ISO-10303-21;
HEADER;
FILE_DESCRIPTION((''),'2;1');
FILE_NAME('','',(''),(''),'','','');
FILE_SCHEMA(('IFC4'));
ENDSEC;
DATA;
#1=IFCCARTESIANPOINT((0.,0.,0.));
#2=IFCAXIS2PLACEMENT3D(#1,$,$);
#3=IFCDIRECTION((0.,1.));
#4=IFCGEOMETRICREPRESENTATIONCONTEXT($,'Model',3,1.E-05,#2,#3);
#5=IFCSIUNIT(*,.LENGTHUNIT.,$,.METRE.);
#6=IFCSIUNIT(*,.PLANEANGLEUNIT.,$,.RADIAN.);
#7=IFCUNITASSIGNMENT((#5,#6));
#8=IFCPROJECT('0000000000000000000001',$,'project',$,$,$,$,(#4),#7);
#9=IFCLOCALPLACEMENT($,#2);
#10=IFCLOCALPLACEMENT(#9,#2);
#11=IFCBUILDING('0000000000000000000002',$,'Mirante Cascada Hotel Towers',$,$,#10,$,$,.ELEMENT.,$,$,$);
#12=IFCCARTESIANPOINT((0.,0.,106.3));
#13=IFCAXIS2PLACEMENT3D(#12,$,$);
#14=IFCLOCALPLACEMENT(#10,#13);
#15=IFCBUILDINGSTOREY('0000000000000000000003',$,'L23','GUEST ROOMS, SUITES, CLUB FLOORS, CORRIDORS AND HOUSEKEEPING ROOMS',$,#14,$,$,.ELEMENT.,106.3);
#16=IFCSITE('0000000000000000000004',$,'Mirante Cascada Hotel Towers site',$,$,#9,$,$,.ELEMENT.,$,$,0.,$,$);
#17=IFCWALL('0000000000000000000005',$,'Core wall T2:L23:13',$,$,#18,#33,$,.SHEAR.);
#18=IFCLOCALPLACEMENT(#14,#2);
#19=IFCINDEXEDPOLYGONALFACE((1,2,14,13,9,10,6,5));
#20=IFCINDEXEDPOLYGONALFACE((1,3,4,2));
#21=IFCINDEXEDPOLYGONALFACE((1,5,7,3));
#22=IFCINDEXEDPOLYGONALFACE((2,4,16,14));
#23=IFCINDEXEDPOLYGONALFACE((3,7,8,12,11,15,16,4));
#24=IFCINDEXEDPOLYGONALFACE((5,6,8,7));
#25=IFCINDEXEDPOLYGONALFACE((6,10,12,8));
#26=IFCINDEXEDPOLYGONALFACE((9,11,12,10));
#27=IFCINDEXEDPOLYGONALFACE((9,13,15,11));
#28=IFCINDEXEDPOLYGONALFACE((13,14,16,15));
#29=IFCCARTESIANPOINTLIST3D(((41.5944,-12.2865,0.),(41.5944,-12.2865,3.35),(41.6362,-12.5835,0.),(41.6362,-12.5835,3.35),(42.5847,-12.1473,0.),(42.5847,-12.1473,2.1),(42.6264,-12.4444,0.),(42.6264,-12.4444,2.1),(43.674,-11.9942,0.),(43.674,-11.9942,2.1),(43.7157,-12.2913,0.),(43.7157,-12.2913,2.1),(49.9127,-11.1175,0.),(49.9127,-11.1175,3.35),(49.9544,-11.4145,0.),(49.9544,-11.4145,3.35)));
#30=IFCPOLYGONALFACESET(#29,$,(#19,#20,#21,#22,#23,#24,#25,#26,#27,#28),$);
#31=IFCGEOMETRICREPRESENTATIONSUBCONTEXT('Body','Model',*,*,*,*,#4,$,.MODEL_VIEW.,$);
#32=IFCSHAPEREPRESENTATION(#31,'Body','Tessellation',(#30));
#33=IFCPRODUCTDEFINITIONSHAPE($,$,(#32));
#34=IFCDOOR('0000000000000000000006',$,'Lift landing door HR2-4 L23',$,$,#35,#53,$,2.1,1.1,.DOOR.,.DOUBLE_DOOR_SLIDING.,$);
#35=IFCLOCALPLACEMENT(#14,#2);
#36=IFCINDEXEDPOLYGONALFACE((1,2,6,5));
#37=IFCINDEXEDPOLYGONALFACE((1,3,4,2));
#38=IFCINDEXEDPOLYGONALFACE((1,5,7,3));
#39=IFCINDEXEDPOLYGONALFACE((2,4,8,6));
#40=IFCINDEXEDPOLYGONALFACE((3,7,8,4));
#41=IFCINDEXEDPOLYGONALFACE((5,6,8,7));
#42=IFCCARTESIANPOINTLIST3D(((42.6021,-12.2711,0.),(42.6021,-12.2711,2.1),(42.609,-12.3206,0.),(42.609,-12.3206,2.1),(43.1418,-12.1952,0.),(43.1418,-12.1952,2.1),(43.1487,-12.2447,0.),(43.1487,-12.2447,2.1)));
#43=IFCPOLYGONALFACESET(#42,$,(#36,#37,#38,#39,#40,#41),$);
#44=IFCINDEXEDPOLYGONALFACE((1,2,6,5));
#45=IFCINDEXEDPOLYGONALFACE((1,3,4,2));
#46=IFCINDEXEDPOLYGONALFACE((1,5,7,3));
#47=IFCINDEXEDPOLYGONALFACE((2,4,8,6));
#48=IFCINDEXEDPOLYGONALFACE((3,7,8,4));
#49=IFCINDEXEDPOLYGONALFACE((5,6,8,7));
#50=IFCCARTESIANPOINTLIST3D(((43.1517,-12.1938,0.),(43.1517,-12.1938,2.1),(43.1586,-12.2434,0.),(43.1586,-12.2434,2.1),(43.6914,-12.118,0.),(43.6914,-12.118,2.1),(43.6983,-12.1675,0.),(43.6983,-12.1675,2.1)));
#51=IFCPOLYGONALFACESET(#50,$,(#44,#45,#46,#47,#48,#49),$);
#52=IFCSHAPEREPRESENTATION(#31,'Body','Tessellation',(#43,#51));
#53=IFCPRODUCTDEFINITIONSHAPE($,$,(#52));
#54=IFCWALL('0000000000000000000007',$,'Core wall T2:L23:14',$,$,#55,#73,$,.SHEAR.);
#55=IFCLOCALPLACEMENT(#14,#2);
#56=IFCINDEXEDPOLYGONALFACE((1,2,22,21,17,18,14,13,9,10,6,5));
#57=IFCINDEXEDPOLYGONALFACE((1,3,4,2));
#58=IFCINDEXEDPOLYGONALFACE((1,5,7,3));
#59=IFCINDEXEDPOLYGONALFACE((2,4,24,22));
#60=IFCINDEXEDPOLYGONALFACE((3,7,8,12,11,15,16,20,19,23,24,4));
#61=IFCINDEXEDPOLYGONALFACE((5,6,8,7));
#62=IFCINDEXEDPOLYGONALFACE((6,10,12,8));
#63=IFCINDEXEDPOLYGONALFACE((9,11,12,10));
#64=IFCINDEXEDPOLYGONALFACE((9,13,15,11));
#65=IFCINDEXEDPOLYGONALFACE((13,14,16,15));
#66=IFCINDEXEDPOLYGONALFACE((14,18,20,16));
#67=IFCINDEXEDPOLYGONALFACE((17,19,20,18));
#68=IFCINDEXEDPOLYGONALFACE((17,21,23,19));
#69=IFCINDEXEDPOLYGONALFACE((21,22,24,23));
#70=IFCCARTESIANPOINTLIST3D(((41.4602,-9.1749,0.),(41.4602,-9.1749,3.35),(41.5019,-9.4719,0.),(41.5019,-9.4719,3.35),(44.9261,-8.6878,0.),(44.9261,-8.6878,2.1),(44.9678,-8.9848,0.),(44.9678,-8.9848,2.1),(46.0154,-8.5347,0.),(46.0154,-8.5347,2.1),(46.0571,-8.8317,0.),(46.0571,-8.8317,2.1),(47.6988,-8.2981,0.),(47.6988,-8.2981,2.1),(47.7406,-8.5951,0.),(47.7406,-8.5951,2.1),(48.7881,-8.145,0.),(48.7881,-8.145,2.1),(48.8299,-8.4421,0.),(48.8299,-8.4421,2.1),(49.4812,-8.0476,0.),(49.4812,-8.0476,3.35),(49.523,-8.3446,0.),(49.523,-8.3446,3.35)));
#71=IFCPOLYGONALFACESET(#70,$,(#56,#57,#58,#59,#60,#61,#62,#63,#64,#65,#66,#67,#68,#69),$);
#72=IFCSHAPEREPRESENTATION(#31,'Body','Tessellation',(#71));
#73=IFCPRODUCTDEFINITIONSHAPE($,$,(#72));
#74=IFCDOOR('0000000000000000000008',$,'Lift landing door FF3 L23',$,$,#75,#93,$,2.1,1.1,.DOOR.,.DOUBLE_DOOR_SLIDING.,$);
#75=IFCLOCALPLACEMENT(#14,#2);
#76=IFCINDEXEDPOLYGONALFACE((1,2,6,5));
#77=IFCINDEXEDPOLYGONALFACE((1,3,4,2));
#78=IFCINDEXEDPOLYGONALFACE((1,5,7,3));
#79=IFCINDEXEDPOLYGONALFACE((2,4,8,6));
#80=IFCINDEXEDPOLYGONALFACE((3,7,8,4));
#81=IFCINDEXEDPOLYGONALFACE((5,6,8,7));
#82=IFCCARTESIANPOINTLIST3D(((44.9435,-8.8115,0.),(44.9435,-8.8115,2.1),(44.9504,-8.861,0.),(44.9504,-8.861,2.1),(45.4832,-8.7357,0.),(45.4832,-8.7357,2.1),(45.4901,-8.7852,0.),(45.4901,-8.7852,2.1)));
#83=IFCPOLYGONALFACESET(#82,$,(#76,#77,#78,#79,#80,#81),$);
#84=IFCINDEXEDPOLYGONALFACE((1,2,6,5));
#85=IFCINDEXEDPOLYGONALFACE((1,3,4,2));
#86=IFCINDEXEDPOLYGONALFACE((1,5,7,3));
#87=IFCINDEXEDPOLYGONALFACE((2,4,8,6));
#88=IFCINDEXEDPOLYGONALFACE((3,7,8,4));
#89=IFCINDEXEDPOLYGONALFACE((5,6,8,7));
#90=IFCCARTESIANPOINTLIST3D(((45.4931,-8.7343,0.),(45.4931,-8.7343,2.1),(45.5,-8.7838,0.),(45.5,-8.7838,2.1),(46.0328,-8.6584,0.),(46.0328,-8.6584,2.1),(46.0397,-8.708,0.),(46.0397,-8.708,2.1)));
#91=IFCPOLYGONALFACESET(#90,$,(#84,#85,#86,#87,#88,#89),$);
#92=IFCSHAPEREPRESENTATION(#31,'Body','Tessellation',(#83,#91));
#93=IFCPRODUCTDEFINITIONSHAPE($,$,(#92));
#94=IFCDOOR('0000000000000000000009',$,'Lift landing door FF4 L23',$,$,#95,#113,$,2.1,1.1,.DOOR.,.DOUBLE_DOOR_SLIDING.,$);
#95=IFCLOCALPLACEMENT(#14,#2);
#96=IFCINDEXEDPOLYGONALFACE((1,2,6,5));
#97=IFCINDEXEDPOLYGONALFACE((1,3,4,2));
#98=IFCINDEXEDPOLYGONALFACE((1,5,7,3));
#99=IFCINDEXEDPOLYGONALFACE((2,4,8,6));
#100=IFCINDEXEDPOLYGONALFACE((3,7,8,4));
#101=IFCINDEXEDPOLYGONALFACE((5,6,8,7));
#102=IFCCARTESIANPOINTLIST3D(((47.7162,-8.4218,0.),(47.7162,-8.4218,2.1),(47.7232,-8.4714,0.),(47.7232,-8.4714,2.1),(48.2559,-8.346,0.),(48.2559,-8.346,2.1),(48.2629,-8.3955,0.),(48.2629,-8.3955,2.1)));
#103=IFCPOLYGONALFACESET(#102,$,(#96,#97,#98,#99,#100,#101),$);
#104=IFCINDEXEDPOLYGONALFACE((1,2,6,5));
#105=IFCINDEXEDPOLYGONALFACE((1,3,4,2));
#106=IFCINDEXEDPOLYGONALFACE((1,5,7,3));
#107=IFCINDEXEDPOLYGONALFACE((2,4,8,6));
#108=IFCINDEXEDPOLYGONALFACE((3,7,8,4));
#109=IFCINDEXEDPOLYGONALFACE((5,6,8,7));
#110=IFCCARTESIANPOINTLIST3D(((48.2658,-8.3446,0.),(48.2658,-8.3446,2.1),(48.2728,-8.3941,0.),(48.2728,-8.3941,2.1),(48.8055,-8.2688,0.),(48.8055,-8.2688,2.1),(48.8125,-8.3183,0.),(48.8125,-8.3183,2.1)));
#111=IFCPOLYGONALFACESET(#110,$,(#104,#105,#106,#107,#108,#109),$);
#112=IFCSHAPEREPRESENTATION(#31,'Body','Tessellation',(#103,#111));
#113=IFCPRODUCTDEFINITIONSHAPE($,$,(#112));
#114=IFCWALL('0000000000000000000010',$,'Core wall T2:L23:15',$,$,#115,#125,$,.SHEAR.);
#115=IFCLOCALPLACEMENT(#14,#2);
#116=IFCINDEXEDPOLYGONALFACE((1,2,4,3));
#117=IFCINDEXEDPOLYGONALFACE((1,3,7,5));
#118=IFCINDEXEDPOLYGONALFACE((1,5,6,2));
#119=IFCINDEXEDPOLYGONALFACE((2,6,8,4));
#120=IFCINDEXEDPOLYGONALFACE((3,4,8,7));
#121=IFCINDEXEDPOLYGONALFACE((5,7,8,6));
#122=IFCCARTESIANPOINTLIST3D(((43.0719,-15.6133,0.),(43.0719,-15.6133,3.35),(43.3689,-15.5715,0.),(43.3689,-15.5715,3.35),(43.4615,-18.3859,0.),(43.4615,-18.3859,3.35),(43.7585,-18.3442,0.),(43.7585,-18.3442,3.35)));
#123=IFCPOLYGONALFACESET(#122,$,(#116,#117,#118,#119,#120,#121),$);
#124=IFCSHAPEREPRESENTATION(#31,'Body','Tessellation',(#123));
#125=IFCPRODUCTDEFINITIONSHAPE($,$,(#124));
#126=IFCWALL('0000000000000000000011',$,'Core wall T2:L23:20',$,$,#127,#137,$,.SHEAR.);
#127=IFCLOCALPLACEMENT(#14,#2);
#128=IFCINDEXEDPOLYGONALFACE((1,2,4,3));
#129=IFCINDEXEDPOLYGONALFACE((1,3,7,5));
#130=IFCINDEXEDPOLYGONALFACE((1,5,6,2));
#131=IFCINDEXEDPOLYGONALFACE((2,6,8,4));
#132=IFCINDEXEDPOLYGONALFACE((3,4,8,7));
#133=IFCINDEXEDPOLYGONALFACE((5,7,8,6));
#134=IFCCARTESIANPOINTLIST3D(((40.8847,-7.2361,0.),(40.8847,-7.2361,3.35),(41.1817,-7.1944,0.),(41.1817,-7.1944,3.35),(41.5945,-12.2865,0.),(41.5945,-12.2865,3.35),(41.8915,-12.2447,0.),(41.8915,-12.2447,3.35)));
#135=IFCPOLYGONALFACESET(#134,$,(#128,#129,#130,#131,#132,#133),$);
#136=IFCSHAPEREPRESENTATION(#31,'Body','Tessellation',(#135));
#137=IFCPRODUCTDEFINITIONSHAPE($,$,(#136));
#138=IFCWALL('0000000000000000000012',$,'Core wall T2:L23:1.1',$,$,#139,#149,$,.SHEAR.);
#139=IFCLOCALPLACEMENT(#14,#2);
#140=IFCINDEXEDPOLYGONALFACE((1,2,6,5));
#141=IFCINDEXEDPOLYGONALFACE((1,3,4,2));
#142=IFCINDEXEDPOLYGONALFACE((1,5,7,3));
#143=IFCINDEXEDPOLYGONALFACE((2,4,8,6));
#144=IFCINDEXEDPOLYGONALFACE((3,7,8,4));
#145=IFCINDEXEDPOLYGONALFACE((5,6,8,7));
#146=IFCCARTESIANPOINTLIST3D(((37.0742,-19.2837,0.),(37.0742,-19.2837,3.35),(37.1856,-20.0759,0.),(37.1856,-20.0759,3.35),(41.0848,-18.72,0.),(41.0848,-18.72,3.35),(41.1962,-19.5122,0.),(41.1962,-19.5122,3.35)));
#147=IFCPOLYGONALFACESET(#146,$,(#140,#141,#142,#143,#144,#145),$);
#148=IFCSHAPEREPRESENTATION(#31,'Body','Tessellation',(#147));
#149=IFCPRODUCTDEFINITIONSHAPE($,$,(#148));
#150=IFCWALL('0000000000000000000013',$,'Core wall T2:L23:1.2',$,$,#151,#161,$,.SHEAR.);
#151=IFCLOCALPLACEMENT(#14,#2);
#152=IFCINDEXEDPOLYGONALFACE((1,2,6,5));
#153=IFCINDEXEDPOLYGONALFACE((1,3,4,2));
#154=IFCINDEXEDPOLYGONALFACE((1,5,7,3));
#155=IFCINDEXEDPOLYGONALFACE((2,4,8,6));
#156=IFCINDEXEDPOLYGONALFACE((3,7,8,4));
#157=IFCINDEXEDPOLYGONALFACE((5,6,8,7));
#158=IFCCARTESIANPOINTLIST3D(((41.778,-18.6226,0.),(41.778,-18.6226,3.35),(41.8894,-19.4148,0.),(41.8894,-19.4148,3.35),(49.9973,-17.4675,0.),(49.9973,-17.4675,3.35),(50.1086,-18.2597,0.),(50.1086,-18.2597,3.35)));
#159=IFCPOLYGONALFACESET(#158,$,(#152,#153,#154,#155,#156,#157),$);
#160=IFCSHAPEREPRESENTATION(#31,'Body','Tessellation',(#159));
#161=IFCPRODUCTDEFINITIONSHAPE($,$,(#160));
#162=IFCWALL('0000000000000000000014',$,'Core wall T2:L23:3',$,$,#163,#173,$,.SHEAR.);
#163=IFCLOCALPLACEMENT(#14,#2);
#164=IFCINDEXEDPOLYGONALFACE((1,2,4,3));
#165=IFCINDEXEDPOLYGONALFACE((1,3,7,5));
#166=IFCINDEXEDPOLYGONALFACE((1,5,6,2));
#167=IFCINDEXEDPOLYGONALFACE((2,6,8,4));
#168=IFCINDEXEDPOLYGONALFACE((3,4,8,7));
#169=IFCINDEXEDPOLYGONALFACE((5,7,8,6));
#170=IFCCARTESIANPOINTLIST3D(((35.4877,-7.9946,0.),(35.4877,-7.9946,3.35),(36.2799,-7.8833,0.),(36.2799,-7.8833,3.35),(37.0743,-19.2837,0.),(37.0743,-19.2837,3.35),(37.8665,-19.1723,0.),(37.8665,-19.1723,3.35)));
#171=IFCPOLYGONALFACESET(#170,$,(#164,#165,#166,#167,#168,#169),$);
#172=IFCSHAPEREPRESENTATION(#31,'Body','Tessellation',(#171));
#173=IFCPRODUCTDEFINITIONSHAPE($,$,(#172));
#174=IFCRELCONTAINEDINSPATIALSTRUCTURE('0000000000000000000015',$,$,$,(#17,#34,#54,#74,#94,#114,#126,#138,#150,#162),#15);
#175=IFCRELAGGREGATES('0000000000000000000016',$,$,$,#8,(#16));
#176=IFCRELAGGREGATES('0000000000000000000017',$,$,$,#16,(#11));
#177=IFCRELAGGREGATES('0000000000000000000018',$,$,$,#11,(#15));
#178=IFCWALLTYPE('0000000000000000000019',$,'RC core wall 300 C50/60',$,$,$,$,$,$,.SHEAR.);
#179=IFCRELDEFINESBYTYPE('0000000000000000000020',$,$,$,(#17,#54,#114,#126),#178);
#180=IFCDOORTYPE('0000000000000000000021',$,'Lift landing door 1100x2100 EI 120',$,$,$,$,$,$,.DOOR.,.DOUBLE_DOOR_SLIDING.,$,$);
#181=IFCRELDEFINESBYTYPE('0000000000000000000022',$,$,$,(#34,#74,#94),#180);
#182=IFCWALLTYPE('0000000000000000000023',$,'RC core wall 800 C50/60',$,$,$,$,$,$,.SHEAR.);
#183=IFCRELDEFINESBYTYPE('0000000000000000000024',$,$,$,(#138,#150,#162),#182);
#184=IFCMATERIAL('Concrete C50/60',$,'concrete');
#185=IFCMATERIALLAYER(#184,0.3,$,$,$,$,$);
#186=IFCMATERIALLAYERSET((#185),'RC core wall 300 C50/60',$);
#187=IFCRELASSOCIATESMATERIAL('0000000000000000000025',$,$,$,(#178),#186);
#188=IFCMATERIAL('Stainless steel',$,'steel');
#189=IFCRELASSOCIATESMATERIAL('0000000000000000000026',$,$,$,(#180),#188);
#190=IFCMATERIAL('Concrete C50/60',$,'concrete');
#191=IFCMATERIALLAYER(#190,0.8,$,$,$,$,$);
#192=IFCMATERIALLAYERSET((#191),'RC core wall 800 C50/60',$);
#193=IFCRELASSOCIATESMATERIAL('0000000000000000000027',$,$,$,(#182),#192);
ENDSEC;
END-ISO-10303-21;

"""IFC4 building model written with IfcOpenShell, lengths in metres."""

from ifc_helpers import new_model, si_unit, direction, frame, frame_2d, origin, place, context, subcontext, project, spatial, rectangle, extrude, material, layer, layer_set, type_object, element, fill, save


model = new_model("IFC4")

# Units and contexts
model_context = context("Model", 3, precision=1e-05, world=origin(), true_north=direction((0.0, 1.0)))
body_context = subcontext(model_context, "Body", "Model", "MODEL_VIEW")
ifc_project = project(units=[si_unit("LENGTHUNIT", "METRE"), si_unit("PLANEANGLEUNIT", "RADIAN")], contexts=[model_context])

# Site, building, storey
site_placement = place(None, origin())
site = spatial("IfcSite", under=ifc_project, at=site_placement, Name="Mirante Cascada Hotel Towers site", CompositionType="ELEMENT", RefElevation=0.0)
building_placement = place(site_placement, origin())
building = spatial("IfcBuilding", under=site, at=building_placement, Name="Mirante Cascada Hotel Towers", CompositionType="ELEMENT")
storey_placement = place(building_placement, frame((0.0, 0.0, 106.3)))
storey = spatial("IfcBuildingStorey", under=building, at=storey_placement, Name="L23", Description="GUEST ROOMS, SUITES, CLUB FLOORS, CORRIDORS AND HOUSEKEEPING ROOMS", CompositionType="ELEMENT", Elevation=106.3)

# Shared definitions
ifc_material_1 = material(Name="Concrete C50/60", Category="concrete")
ifc_layer_1 = layer(ifc_material_1, 0.3)
ifc_layer_set_1 = layer_set([ifc_layer_1], Name="RC core wall 300 C50/60")
wall_type_1 = type_object("IfcWallType", Name="RC core wall 300 C50/60", PredefinedType="SHEAR", material=ifc_layer_set_1)

# Shared definitions
ifc_material_2 = material(Name="Stainless steel", Category="steel")
door_type_1 = type_object("IfcDoorType", Name="Lift landing door 1100x2100 EI 120", OperationType="DOUBLE_DOOR_SLIDING", PredefinedType="DOOR", material=ifc_material_2)

# Wall, opening, door
wall_1_placement = place(storey_placement, frame((41.6153, -12.435, 0.0), z_axis=(0.0, 0.0, 1.0), x_axis=(0.990269, 0.139166, 0.0)))
wall_1 = element("IfcWall", 1, at=wall_1_placement, inside=storey, type_object=wall_type_1, Name="Core wall T2:L23:13", PredefinedType="SHEAR", context=body_context, shape_type="SweptSolid", body=[
    extrude(rectangle(XDim=8.4, YDim=0.3, at=frame_2d((4.2, 0.0))), origin(), (0.0, 0.0, 1.0), 3.35),
])
opening_1_placement = place(wall_1_placement, frame((1.0, 0.0, 0.0)))
opening_1 = element("IfcOpeningElement", 2, at=opening_1_placement, cuts=wall_1, PredefinedType="OPENING", context=body_context, shape_type="SweptSolid", body=[
    extrude(rectangle(XDim=1.1, YDim=2.1, at=frame_2d((0.55, 1.05))), frame((0.0, 0.15, 0.0), z_axis=(0.0, -1.0, 0.0), x_axis=(1.0, 0.0, 0.0)), (0.0, 0.0, 1.0), 0.3),
])
door_1_placement = place(opening_1_placement, origin())
door_1 = element("IfcDoor", 3, at=door_1_placement, inside=storey, type_object=door_type_1, Name="Lift landing door HR2-4 L23", OperationType="DOUBLE_DOOR_SLIDING", OverallHeight=2.1, OverallWidth=1.1, PredefinedType="DOOR", context=body_context, shape_type="SweptSolid", body=[
    extrude(rectangle(XDim=0.545, YDim=2.1, at=frame_2d((0.2725, 1.05))), frame((0.0, 0.025, 0.0), z_axis=(0.0, -1.0, 0.0), x_axis=(1.0, 0.0, 0.0)), (0.0, 0.0, 1.0), 0.05),
    extrude(rectangle(XDim=0.545, YDim=2.1, at=frame_2d((0.8275, 1.05))), frame((0.0, 0.025, 0.0), z_axis=(0.0, -1.0, 0.0), x_axis=(1.0, 0.0, 0.0)), (0.0, 0.0, 1.0), 0.05),
])
fill(opening_1, door_1)

# Wall, openings, doors
wall_2_placement = place(storey_placement, frame((41.481, -9.3234, 0.0), z_axis=(0.0, 0.0, 1.0), x_axis=(0.990268, 0.139174, 0.0)))
wall_2 = element("IfcWall", 4, at=wall_2_placement, inside=storey, type_object=wall_type_1, Name="Core wall T2:L23:14", PredefinedType="SHEAR", context=body_context, shape_type="SweptSolid", body=[
    extrude(rectangle(XDim=8.0999, YDim=0.3, at=frame_2d((4.05, 0.0))), origin(), (0.0, 0.0, 1.0), 3.35),
])
opening_2_placement = place(wall_2_placement, frame((3.5, 0.0, 0.0)))
opening_2 = element("IfcOpeningElement", 5, at=opening_2_placement, cuts=wall_2, PredefinedType="OPENING", context=body_context, shape_type="SweptSolid", body=[
    extrude(rectangle(XDim=1.1, YDim=2.1, at=frame_2d((0.55, 1.05))), frame((0.0, 0.15, 0.0), z_axis=(0.0, -1.0, 0.0), x_axis=(1.0, 0.0, 0.0)), (0.0, 0.0, 1.0), 0.3),
])
opening_3_placement = place(wall_2_placement, frame((6.3, 0.0, 0.0)))
opening_3 = element("IfcOpeningElement", 6, at=opening_3_placement, cuts=wall_2, PredefinedType="OPENING", context=body_context, shape_type="SweptSolid", body=[
    extrude(rectangle(XDim=1.1, YDim=2.1, at=frame_2d((0.55, 1.05))), frame((0.0, 0.15, 0.0), z_axis=(0.0, -1.0, 0.0), x_axis=(1.0, 0.0, 0.0)), (0.0, 0.0, 1.0), 0.3),
])
door_2_placement = place(opening_2_placement, origin())
door_2 = element("IfcDoor", 7, at=door_2_placement, inside=storey, type_object=door_type_1, Name="Lift landing door FF3 L23", OperationType="DOUBLE_DOOR_SLIDING", OverallHeight=2.1, OverallWidth=1.1, PredefinedType="DOOR", context=body_context, shape_type="SweptSolid", body=[
    extrude(rectangle(XDim=0.545, YDim=2.1, at=frame_2d((0.2725, 1.05))), frame((0.0, 0.025, 0.0), z_axis=(0.0, -1.0, 0.0), x_axis=(1.0, 0.0, 0.0)), (0.0, 0.0, 1.0), 0.05),
    extrude(rectangle(XDim=0.545, YDim=2.1, at=frame_2d((0.8275, 1.05))), frame((0.0, 0.025, 0.0), z_axis=(0.0, -1.0, 0.0), x_axis=(1.0, 0.0, 0.0)), (0.0, 0.0, 1.0), 0.05),
])
fill(opening_2, door_2)
door_3_placement = place(opening_3_placement, origin())
door_3 = element("IfcDoor", 8, at=door_3_placement, inside=storey, type_object=door_type_1, Name="Lift landing door FF4 L23", OperationType="DOUBLE_DOOR_SLIDING", OverallHeight=2.1, OverallWidth=1.1, PredefinedType="DOOR", context=body_context, shape_type="SweptSolid", body=[
    extrude(rectangle(XDim=0.545, YDim=2.1, at=frame_2d((0.2725, 1.05))), frame((0.0, 0.025, 0.0), z_axis=(0.0, -1.0, 0.0), x_axis=(1.0, 0.0, 0.0)), (0.0, 0.0, 1.0), 0.05),
    extrude(rectangle(XDim=0.545, YDim=2.1, at=frame_2d((0.8275, 1.05))), frame((0.0, 0.025, 0.0), z_axis=(0.0, -1.0, 0.0), x_axis=(1.0, 0.0, 0.0)), (0.0, 0.0, 1.0), 0.05),
])
fill(opening_3, door_3)

# Walls
wall_3_placement = place(storey_placement, frame((43.61, -18.3651, 0.0), z_axis=(0.0, 0.0, 1.0), x_axis=(-0.139146, 0.990272, 0.0)))
element("IfcWall", 9, at=wall_3_placement, inside=storey, type_object=wall_type_1, Name="Core wall T2:L23:15", PredefinedType="SHEAR", context=body_context, shape_type="SweptSolid", body=[
    extrude(rectangle(XDim=2.7999, YDim=0.3, at=frame_2d((1.4, 0.0))), origin(), (0.0, 0.0, 1.0), 3.35),
])
wall_4_placement = place(storey_placement, frame((41.743, -12.2656, 0.0), z_axis=(0.0, 0.0, 1.0), x_axis=(-0.139176, 0.990268, 0.0)))
element("IfcWall", 10, at=wall_4_placement, inside=storey, type_object=wall_type_1, Name="Core wall T2:L23:20", PredefinedType="SHEAR", context=body_context, shape_type="SweptSolid", body=[
    extrude(rectangle(XDim=5.1, YDim=0.3, at=frame_2d((2.55, 0.0))), origin(), (0.0, 0.0, 1.0), 3.35),
])
ifc_material_3 = material(Name="Concrete C50/60", Category="concrete")
ifc_layer_2 = layer(ifc_material_3, 0.8)
ifc_layer_set_2 = layer_set([ifc_layer_2], Name="RC core wall 800 C50/60")
wall_type_2 = type_object("IfcWallType", Name="RC core wall 800 C50/60", PredefinedType="SHEAR", material=ifc_layer_set_2)
wall_5_placement = place(storey_placement, frame((37.1299, -19.6798, 0.0), z_axis=(0.0, 0.0, 1.0), x_axis=(0.990267, 0.139184, 0.0)))
element("IfcWall", 11, at=wall_5_placement, inside=storey, type_object=wall_type_2, Name="Core wall T2:L23:1.1", PredefinedType="SHEAR", context=body_context, shape_type="SweptSolid", body=[
    extrude(rectangle(XDim=4.05, YDim=0.8, at=frame_2d((2.025, 0.0))), origin(), (0.0, 0.0, 1.0), 3.35),
])
wall_6_placement = place(storey_placement, frame((41.8337, -19.0187, 0.0), z_axis=(0.0, 0.0, 1.0), x_axis=(0.990269, 0.139169, 0.0)))
element("IfcWall", 12, at=wall_6_placement, inside=storey, type_object=wall_type_2, Name="Core wall T2:L23:1.2", PredefinedType="SHEAR", context=body_context, shape_type="SweptSolid", body=[
    extrude(rectangle(XDim=8.3, YDim=0.8, at=frame_2d((4.15, 0.0))), origin(), (0.0, 0.0, 1.0), 3.35),
])
wall_7_placement = place(storey_placement, frame((37.4704, -19.228, 0.0), z_axis=(0.0, 0.0, 1.0), x_axis=(-0.139175, 0.990268, 0.0)))
element("IfcWall", 13, at=wall_7_placement, inside=storey, type_object=wall_type_2, Name="Core wall T2:L23:3", PredefinedType="SHEAR", context=body_context, shape_type="SweptSolid", body=[
    extrude(rectangle(XDim=11.4, YDim=0.8, at=frame_2d((5.7, 0.0))), origin(), (0.0, 0.0, 1.0), 3.35),
])

save(model, "model.ifc")
